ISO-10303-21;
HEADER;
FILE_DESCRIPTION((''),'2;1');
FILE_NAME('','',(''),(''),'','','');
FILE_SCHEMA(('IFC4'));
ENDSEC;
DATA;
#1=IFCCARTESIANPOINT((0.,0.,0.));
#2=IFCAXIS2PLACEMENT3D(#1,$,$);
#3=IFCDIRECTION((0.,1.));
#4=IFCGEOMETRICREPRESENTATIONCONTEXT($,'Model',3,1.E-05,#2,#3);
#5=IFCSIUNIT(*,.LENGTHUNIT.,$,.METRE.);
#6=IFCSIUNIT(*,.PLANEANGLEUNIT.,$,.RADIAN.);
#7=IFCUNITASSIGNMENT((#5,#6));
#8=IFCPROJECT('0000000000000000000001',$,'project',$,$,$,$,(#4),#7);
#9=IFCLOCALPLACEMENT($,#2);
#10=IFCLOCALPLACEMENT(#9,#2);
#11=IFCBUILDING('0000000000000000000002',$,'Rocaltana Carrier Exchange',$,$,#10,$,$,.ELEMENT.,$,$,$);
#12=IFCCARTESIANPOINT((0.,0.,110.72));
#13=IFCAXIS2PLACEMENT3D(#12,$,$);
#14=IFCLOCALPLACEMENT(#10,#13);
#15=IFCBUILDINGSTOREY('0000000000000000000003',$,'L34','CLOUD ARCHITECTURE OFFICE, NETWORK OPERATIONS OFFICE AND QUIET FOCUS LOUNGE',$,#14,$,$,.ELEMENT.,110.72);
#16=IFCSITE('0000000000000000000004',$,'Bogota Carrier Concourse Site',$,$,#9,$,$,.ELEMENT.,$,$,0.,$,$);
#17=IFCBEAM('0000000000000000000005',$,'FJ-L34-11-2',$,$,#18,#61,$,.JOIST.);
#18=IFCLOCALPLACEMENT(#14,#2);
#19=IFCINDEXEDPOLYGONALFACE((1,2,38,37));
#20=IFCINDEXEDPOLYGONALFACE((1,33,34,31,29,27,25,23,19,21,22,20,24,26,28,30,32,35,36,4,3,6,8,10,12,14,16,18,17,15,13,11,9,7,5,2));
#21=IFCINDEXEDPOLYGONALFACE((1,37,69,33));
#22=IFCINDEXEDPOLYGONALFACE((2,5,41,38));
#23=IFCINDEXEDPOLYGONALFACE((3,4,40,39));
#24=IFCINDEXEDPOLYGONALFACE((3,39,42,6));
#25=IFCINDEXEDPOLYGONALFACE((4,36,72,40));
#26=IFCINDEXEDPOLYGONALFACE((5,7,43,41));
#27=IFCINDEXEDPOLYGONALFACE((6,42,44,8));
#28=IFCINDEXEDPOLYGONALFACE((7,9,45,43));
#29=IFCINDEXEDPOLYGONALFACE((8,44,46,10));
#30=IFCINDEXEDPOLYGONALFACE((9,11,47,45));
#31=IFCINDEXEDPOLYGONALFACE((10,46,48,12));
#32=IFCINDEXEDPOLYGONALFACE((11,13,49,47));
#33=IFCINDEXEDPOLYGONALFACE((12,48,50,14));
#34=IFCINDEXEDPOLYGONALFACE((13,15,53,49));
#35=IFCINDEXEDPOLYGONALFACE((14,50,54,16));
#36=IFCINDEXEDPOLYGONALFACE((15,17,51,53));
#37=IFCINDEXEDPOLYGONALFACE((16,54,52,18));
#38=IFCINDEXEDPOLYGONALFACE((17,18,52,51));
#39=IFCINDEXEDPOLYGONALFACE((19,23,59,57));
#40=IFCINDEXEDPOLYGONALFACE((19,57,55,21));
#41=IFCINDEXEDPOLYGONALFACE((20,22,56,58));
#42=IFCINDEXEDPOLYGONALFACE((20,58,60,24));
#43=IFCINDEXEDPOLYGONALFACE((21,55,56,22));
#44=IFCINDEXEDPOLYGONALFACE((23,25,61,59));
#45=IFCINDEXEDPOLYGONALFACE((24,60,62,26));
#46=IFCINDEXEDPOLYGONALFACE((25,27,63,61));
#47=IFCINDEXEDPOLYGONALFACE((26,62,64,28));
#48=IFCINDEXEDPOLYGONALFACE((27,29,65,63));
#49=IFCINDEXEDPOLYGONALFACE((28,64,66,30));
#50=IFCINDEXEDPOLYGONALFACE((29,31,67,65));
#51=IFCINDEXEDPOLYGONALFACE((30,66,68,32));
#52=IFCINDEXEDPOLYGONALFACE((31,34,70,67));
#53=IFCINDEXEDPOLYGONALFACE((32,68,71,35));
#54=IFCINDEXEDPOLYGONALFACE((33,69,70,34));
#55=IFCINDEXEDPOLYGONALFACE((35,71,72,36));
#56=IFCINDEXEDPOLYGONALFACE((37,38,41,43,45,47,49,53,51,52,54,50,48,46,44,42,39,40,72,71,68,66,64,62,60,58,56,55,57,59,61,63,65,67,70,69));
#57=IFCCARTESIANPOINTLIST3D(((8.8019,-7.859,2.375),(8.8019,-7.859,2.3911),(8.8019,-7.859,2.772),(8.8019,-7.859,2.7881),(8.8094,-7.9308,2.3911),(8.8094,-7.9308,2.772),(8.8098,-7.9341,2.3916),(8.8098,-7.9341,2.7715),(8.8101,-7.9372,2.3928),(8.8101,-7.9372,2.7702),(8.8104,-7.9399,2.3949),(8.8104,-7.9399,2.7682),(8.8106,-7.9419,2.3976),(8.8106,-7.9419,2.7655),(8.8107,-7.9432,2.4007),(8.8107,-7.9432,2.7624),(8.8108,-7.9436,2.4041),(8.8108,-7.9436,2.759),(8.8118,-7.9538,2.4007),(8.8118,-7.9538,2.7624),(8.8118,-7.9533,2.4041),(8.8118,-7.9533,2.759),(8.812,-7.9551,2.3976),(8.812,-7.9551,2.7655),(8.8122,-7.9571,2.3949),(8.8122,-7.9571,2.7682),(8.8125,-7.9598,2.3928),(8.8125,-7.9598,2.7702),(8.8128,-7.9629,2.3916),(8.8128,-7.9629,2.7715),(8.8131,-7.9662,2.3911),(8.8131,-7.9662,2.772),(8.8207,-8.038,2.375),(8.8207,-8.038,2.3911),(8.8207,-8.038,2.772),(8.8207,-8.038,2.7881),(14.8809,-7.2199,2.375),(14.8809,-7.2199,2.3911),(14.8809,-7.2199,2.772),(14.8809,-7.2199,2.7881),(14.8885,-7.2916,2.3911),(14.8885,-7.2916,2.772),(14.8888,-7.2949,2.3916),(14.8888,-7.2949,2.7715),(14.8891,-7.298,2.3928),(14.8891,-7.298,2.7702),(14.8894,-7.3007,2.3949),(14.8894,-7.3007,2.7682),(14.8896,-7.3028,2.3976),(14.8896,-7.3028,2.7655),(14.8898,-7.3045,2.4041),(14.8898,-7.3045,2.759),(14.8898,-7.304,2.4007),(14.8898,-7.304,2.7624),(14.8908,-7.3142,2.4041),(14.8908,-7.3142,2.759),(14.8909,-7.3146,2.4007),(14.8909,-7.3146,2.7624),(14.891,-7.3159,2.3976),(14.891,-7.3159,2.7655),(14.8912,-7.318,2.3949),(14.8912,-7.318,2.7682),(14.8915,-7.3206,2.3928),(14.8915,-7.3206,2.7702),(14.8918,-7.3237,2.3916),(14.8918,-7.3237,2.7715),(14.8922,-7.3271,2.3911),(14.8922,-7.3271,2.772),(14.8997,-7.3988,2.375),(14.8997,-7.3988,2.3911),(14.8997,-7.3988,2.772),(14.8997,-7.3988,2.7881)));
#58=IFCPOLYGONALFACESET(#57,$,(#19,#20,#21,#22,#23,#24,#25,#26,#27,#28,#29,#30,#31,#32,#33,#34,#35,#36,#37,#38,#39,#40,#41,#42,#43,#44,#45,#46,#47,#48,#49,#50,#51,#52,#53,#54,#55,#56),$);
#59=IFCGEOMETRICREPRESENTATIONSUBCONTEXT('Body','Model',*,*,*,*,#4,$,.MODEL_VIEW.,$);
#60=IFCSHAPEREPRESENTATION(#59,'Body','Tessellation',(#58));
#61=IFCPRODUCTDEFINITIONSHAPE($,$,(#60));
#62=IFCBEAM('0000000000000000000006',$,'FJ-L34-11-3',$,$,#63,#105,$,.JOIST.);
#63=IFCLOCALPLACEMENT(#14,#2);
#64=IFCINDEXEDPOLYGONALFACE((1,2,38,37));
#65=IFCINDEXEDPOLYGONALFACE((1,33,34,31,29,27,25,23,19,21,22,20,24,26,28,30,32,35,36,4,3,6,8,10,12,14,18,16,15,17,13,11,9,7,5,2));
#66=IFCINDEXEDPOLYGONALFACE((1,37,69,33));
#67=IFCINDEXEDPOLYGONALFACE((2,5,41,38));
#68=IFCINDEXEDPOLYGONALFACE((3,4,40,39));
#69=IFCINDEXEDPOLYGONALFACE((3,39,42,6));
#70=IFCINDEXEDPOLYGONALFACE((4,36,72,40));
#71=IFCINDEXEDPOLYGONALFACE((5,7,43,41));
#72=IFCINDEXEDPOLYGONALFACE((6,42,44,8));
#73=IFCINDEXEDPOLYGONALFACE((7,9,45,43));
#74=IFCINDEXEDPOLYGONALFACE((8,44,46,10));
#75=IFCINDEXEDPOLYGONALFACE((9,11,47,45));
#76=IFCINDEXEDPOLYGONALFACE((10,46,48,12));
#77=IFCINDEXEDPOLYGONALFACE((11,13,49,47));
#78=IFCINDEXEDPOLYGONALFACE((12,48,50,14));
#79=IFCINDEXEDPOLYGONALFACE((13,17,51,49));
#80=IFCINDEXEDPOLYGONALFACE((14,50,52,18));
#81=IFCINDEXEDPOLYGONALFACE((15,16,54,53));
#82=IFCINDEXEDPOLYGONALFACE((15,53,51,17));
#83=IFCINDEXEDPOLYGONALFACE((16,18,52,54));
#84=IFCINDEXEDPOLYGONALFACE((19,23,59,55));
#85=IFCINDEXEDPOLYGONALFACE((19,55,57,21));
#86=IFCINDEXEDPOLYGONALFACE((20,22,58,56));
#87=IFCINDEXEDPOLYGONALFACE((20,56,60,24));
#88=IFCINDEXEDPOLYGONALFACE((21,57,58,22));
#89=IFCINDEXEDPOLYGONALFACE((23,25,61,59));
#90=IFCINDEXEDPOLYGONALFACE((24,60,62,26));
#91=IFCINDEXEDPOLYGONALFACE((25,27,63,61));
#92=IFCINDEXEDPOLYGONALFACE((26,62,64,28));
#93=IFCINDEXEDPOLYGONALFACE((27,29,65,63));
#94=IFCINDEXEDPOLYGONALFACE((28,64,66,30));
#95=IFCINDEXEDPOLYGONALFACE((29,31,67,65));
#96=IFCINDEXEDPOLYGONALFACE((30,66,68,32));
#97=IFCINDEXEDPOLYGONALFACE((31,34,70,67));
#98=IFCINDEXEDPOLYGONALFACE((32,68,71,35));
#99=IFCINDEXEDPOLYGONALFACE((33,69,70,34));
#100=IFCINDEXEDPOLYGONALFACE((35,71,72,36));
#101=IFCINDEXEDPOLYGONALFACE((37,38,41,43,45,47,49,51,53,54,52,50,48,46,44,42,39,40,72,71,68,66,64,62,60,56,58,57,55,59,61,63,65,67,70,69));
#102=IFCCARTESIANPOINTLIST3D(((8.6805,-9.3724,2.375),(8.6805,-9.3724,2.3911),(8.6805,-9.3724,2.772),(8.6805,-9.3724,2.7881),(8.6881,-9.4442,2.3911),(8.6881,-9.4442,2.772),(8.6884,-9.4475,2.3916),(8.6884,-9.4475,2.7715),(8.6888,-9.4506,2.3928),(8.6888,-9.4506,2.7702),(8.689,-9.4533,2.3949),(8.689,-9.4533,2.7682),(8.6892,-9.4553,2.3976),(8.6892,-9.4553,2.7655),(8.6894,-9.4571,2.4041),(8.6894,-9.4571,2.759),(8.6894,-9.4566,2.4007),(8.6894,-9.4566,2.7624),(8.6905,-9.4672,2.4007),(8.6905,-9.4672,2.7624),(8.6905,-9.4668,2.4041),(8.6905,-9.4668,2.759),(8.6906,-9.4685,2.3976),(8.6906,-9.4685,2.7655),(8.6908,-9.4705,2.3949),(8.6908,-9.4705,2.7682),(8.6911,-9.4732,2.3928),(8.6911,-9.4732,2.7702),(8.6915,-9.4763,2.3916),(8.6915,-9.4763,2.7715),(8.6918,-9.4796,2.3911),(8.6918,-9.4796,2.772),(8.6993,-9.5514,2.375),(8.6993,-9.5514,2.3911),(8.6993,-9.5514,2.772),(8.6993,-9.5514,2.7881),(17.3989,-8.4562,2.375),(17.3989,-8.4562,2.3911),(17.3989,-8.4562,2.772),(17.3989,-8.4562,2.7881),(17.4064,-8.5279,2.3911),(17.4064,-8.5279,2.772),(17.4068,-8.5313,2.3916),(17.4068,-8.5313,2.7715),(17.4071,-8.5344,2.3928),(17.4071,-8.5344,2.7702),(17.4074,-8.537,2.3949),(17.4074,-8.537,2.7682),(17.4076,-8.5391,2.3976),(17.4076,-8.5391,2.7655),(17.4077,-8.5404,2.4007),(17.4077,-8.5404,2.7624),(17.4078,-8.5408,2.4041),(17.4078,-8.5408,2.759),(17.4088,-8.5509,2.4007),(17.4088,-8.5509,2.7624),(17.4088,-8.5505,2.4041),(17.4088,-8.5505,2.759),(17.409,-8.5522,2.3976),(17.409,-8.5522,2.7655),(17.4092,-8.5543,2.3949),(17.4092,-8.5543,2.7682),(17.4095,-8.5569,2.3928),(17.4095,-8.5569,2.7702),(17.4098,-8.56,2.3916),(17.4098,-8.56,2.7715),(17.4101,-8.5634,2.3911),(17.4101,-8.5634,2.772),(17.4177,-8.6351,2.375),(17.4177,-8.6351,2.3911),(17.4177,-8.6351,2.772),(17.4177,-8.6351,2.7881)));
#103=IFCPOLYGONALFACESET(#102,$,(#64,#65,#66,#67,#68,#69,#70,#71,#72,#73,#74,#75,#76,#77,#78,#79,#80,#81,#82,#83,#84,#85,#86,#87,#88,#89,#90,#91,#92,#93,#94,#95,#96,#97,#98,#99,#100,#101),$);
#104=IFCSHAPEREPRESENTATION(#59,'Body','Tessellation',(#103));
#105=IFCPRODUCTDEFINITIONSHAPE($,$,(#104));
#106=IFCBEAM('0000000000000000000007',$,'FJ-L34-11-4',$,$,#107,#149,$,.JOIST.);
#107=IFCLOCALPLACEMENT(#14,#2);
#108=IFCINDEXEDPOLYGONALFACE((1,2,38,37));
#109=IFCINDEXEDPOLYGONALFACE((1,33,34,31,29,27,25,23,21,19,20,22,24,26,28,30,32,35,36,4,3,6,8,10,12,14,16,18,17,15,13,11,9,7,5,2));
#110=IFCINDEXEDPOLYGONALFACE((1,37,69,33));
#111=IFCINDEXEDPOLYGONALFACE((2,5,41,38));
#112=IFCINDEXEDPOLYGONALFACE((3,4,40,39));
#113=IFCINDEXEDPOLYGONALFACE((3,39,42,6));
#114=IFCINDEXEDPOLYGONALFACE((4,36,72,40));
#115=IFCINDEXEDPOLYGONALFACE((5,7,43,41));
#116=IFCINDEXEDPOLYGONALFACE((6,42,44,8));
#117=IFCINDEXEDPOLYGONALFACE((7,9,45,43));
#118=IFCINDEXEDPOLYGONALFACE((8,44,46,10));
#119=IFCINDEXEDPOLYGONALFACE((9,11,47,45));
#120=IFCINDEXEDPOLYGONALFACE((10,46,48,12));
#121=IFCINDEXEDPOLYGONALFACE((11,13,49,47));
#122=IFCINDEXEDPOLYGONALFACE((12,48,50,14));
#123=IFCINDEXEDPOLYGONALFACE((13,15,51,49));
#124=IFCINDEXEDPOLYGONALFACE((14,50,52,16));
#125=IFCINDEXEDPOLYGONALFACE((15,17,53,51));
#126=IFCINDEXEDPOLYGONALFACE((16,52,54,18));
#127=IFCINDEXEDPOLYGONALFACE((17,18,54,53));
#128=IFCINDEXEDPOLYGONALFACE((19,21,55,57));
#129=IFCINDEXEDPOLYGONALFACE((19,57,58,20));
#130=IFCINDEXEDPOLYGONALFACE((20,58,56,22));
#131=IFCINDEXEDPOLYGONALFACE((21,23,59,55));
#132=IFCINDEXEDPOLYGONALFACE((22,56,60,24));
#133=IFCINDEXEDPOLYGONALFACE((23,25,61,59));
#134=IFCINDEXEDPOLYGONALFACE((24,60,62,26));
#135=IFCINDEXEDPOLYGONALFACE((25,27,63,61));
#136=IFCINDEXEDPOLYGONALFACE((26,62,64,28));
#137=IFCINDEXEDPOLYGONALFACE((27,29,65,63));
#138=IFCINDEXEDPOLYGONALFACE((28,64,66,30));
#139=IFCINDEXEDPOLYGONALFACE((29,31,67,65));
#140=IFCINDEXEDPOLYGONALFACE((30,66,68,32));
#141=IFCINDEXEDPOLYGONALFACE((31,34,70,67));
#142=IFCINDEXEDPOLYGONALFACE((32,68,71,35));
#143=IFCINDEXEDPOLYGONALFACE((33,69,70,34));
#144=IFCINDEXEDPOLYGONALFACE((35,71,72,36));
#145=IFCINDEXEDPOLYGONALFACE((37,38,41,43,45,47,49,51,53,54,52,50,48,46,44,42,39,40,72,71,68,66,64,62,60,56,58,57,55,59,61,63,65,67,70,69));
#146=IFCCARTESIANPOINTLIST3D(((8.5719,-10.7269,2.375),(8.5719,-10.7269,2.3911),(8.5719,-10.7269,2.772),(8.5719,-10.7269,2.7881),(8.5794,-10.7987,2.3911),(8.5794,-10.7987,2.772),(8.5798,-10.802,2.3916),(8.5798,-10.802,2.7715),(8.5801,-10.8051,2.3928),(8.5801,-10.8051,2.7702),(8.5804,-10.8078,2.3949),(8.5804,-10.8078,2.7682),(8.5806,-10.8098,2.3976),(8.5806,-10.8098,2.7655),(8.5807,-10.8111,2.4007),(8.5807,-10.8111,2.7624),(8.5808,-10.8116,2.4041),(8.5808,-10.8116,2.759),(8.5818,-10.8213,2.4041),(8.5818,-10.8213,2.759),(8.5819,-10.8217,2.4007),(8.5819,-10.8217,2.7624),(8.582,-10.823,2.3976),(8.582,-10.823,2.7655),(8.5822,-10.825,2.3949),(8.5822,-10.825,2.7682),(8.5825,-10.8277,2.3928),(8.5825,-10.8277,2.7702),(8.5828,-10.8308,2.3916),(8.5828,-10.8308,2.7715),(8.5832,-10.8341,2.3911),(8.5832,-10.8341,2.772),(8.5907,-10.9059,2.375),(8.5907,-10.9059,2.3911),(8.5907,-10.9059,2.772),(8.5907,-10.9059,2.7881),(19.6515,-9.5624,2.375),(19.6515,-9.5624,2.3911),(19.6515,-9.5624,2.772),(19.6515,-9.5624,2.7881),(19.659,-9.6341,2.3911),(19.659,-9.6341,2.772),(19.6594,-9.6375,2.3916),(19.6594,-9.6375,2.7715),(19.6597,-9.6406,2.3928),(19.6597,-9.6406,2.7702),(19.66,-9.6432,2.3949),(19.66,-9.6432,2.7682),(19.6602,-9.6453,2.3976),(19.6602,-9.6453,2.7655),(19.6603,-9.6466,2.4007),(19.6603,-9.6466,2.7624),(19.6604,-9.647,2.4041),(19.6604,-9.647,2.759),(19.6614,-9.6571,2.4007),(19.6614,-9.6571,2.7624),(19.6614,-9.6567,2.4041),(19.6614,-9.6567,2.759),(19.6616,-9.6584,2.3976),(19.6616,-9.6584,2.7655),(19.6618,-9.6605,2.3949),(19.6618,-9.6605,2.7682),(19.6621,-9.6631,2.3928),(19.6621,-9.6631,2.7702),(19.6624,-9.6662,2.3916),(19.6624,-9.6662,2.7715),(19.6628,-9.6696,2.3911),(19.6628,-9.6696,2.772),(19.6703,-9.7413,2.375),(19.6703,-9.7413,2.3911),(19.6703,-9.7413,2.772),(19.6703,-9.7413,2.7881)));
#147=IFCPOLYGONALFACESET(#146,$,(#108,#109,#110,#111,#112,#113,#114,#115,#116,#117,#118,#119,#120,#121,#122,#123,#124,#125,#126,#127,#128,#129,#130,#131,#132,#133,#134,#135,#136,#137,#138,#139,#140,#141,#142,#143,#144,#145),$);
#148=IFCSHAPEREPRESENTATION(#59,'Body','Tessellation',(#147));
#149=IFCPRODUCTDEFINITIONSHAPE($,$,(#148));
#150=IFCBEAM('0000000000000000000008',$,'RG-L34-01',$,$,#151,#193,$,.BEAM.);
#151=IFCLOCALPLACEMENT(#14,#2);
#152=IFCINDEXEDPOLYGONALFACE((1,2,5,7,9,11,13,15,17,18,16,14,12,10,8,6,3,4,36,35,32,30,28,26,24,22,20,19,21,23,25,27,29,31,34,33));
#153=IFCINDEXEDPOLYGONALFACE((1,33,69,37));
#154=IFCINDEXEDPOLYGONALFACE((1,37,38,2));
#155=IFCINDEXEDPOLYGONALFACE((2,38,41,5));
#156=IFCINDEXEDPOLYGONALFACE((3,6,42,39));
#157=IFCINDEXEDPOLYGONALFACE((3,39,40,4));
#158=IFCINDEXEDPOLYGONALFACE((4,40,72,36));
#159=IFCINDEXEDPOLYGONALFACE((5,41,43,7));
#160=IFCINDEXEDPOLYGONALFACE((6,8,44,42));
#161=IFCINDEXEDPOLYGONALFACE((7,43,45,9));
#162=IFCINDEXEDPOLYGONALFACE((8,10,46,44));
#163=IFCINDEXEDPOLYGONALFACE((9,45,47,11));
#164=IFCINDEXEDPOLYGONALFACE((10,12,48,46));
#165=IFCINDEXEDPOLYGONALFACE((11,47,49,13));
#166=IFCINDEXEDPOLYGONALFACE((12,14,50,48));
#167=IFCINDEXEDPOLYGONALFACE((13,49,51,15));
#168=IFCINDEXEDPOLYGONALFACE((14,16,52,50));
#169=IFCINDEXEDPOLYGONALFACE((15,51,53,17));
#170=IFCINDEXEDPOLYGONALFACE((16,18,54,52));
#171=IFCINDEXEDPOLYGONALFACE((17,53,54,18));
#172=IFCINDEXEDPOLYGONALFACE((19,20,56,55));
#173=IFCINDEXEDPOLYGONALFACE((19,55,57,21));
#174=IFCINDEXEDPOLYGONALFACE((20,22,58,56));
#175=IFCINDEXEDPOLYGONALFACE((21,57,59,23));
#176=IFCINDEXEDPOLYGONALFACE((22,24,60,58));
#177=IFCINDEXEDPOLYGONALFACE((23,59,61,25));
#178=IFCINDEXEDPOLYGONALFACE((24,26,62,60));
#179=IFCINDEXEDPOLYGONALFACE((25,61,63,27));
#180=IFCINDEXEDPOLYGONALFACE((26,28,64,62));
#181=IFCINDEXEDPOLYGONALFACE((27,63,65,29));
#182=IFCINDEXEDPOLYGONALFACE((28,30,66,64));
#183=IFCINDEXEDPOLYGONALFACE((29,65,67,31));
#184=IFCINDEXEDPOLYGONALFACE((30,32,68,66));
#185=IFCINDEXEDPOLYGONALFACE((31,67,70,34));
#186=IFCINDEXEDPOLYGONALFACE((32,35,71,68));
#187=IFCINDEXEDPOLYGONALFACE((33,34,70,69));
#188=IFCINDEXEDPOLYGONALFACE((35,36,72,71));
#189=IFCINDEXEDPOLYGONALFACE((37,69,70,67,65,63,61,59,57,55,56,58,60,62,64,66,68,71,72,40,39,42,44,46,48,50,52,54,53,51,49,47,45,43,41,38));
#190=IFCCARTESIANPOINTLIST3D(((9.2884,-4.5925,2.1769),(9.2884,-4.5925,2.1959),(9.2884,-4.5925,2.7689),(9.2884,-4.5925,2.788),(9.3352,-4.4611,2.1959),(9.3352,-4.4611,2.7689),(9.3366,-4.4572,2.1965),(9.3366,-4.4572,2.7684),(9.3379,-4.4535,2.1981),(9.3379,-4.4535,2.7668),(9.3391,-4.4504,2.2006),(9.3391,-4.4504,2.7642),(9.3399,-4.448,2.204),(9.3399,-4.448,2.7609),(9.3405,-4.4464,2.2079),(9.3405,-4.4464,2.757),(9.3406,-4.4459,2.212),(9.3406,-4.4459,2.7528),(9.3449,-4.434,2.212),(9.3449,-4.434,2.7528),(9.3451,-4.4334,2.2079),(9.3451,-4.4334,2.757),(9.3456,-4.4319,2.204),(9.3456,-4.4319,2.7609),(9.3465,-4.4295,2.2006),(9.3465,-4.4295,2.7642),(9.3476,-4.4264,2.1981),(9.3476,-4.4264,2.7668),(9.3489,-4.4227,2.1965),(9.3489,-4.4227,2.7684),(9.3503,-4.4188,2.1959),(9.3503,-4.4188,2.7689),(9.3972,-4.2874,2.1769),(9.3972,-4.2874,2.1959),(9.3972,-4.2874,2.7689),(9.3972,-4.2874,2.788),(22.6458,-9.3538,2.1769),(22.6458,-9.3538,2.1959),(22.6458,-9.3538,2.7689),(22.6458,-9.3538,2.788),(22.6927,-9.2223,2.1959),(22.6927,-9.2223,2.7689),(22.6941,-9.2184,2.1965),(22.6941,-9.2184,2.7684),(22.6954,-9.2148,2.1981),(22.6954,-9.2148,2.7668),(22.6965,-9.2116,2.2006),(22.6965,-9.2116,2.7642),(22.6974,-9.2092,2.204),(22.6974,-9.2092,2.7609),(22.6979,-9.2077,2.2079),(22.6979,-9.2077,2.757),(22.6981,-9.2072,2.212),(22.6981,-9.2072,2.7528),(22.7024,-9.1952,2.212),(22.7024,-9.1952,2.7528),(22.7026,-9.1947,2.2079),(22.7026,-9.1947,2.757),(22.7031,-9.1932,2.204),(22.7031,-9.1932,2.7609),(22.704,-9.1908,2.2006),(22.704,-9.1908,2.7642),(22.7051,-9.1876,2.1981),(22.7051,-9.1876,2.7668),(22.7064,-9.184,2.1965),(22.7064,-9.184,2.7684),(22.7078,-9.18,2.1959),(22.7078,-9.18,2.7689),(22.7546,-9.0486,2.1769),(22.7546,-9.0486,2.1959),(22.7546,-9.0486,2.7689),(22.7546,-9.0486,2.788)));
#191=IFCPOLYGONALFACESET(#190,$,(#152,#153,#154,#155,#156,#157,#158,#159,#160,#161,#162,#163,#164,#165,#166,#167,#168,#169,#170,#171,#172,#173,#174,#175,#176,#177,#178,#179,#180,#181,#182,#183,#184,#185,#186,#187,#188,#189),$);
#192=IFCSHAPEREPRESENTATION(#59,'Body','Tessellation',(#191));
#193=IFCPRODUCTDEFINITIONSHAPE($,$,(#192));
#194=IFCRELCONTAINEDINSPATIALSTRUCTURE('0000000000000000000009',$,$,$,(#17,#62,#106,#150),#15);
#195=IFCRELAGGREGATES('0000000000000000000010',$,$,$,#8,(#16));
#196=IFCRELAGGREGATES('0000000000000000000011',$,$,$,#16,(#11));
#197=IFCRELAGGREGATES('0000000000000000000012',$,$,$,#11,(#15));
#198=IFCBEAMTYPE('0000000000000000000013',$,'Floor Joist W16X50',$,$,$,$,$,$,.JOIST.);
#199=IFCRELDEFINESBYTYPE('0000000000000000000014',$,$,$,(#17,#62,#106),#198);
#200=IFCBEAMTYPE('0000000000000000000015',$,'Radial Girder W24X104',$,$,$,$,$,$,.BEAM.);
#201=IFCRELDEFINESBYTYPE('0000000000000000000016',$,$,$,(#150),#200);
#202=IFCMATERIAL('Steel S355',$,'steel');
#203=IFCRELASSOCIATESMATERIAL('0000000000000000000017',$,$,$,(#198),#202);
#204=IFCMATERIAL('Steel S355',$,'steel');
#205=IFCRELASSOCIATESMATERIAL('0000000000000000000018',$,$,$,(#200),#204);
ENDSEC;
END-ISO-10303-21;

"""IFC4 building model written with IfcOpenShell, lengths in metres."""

from ifc_helpers import new_model, si_unit, direction, frame, origin, origin_2d, place, context, subcontext, project, spatial, i_section, extrude, material, material_profile, profile_set, type_object, element, save


model = new_model("IFC4")

# Units and contexts
model_context = context("Model", 3, precision=1e-05, world=origin(), true_north=direction((0.0, 1.0)))
body_context = subcontext(model_context, "Body", "Model", "MODEL_VIEW")
ifc_project = project(units=[si_unit("LENGTHUNIT", "METRE"), si_unit("PLANEANGLEUNIT", "RADIAN")], contexts=[model_context])

# Site, building, storey
site_placement = place(None, origin())
site = spatial("IfcSite", under=ifc_project, at=site_placement, Name="Bogota Carrier Concourse Site", CompositionType="ELEMENT", RefElevation=0.0)
building_placement = place(site_placement, origin())
building = spatial("IfcBuilding", under=site, at=building_placement, Name="Rocaltana Carrier Exchange", CompositionType="ELEMENT")
storey_placement = place(building_placement, frame((0.0, 0.0, 110.72)))
storey = spatial("IfcBuildingStorey", under=building, at=storey_placement, Name="L34", Description="CLOUD ARCHITECTURE OFFICE, NETWORK OPERATIONS OFFICE AND QUIET FOCUS LOUNGE", CompositionType="ELEMENT", Elevation=110.72)

# Beams
ifc_material_1 = material(Name="Steel S355", Category="steel")
ifc_material_profile_1 = material_profile(ifc_material_1, i_section(OverallWidth=0.1799, OverallDepth=0.4131, WebThickness=0.0098, FlangeThickness=0.0161, FilletRadius=0.0129, at=origin_2d()), Name="W16X50")
ifc_profile_set_1 = profile_set([ifc_material_profile_1], Name="Steel S355")
beam_type_1 = type_object("IfcBeamType", Name="Floor Joist W16X50", PredefinedType="JOIST", material=ifc_profile_set_1)
beam_1_placement = place(storey_placement, frame((8.8113, -7.9485, 2.5815), z_axis=(0.994518, 0.104564, 0.0), x_axis=(-0.104564, 0.994518, 0.0)))
element("IfcBeam", 1, at=beam_1_placement, inside=storey, type_object=beam_type_1, Name="FJ-L34-11-2", PredefinedType="JOIST", context=body_context, shape_type="SweptSolid", body=[
    extrude(i_section(OverallWidth=0.1799, OverallDepth=0.4131, WebThickness=0.0098, FlangeThickness=0.0161, FilletRadius=0.0129, at=origin_2d()), origin(), (0.0, 0.0, 1.0), 6.1125),
])
beam_2_placement = place(storey_placement, frame((8.6899, -9.4619, 2.5815), z_axis=(0.994523, 0.104521, 0.0), x_axis=(-0.104521, 0.994523, 0.0)))
element("IfcBeam", 2, at=beam_2_placement, inside=storey, type_object=beam_type_1, Name="FJ-L34-11-3", PredefinedType="JOIST", context=body_context, shape_type="SweptSolid", body=[
    extrude(i_section(OverallWidth=0.1799, OverallDepth=0.4131, WebThickness=0.0098, FlangeThickness=0.0161, FilletRadius=0.0129, at=origin_2d()), origin(), (0.0, 0.0, 1.0), 8.7664),
])
beam_3_placement = place(storey_placement, frame((8.5813, -10.8164, 2.5815), z_axis=(0.994522, 0.104532, 0.0), x_axis=(-0.104532, 0.994522, 0.0)))
element("IfcBeam", 3, at=beam_3_placement, inside=storey, type_object=beam_type_1, Name="FJ-L34-11-4", PredefinedType="JOIST", context=body_context, shape_type="SweptSolid", body=[
    extrude(i_section(OverallWidth=0.1799, OverallDepth=0.4131, WebThickness=0.0098, FlangeThickness=0.0161, FilletRadius=0.0129, at=origin_2d()), origin(), (0.0, 0.0, 1.0), 11.1406),
])
ifc_material_2 = material(Name="Steel S355", Category="steel")
ifc_material_profile_2 = material_profile(ifc_material_2, i_section(OverallWidth=0.324, OverallDepth=0.6111, WebThickness=0.0127, FlangeThickness=0.019, FilletRadius=0.0161, at=origin_2d()), Name="W24X104")
ifc_profile_set_2 = profile_set([ifc_material_profile_2], Name="Steel S355")
beam_type_2 = type_object("IfcBeamType", Name="Radial Girder W24X104", PredefinedType="BEAM", material=ifc_profile_set_2)
beam_4_placement = place(storey_placement, frame((9.3428, -4.4399, 2.4824), z_axis=(0.941949, -0.335756, 0.0), x_axis=(0.335756, 0.941949, 0.0)))
element("IfcBeam", 4, at=beam_4_placement, inside=storey, type_object=beam_type_2, Name="RG-L34-01", PredefinedType="BEAM", context=body_context, shape_type="SweptSolid", body=[
    extrude(i_section(OverallWidth=0.324, OverallDepth=0.6111, WebThickness=0.0127, FlangeThickness=0.019, FilletRadius=0.0161, at=origin_2d()), origin(), (0.0, 0.0, 1.0), 14.1807),
])

save(model, "model.ifc")
